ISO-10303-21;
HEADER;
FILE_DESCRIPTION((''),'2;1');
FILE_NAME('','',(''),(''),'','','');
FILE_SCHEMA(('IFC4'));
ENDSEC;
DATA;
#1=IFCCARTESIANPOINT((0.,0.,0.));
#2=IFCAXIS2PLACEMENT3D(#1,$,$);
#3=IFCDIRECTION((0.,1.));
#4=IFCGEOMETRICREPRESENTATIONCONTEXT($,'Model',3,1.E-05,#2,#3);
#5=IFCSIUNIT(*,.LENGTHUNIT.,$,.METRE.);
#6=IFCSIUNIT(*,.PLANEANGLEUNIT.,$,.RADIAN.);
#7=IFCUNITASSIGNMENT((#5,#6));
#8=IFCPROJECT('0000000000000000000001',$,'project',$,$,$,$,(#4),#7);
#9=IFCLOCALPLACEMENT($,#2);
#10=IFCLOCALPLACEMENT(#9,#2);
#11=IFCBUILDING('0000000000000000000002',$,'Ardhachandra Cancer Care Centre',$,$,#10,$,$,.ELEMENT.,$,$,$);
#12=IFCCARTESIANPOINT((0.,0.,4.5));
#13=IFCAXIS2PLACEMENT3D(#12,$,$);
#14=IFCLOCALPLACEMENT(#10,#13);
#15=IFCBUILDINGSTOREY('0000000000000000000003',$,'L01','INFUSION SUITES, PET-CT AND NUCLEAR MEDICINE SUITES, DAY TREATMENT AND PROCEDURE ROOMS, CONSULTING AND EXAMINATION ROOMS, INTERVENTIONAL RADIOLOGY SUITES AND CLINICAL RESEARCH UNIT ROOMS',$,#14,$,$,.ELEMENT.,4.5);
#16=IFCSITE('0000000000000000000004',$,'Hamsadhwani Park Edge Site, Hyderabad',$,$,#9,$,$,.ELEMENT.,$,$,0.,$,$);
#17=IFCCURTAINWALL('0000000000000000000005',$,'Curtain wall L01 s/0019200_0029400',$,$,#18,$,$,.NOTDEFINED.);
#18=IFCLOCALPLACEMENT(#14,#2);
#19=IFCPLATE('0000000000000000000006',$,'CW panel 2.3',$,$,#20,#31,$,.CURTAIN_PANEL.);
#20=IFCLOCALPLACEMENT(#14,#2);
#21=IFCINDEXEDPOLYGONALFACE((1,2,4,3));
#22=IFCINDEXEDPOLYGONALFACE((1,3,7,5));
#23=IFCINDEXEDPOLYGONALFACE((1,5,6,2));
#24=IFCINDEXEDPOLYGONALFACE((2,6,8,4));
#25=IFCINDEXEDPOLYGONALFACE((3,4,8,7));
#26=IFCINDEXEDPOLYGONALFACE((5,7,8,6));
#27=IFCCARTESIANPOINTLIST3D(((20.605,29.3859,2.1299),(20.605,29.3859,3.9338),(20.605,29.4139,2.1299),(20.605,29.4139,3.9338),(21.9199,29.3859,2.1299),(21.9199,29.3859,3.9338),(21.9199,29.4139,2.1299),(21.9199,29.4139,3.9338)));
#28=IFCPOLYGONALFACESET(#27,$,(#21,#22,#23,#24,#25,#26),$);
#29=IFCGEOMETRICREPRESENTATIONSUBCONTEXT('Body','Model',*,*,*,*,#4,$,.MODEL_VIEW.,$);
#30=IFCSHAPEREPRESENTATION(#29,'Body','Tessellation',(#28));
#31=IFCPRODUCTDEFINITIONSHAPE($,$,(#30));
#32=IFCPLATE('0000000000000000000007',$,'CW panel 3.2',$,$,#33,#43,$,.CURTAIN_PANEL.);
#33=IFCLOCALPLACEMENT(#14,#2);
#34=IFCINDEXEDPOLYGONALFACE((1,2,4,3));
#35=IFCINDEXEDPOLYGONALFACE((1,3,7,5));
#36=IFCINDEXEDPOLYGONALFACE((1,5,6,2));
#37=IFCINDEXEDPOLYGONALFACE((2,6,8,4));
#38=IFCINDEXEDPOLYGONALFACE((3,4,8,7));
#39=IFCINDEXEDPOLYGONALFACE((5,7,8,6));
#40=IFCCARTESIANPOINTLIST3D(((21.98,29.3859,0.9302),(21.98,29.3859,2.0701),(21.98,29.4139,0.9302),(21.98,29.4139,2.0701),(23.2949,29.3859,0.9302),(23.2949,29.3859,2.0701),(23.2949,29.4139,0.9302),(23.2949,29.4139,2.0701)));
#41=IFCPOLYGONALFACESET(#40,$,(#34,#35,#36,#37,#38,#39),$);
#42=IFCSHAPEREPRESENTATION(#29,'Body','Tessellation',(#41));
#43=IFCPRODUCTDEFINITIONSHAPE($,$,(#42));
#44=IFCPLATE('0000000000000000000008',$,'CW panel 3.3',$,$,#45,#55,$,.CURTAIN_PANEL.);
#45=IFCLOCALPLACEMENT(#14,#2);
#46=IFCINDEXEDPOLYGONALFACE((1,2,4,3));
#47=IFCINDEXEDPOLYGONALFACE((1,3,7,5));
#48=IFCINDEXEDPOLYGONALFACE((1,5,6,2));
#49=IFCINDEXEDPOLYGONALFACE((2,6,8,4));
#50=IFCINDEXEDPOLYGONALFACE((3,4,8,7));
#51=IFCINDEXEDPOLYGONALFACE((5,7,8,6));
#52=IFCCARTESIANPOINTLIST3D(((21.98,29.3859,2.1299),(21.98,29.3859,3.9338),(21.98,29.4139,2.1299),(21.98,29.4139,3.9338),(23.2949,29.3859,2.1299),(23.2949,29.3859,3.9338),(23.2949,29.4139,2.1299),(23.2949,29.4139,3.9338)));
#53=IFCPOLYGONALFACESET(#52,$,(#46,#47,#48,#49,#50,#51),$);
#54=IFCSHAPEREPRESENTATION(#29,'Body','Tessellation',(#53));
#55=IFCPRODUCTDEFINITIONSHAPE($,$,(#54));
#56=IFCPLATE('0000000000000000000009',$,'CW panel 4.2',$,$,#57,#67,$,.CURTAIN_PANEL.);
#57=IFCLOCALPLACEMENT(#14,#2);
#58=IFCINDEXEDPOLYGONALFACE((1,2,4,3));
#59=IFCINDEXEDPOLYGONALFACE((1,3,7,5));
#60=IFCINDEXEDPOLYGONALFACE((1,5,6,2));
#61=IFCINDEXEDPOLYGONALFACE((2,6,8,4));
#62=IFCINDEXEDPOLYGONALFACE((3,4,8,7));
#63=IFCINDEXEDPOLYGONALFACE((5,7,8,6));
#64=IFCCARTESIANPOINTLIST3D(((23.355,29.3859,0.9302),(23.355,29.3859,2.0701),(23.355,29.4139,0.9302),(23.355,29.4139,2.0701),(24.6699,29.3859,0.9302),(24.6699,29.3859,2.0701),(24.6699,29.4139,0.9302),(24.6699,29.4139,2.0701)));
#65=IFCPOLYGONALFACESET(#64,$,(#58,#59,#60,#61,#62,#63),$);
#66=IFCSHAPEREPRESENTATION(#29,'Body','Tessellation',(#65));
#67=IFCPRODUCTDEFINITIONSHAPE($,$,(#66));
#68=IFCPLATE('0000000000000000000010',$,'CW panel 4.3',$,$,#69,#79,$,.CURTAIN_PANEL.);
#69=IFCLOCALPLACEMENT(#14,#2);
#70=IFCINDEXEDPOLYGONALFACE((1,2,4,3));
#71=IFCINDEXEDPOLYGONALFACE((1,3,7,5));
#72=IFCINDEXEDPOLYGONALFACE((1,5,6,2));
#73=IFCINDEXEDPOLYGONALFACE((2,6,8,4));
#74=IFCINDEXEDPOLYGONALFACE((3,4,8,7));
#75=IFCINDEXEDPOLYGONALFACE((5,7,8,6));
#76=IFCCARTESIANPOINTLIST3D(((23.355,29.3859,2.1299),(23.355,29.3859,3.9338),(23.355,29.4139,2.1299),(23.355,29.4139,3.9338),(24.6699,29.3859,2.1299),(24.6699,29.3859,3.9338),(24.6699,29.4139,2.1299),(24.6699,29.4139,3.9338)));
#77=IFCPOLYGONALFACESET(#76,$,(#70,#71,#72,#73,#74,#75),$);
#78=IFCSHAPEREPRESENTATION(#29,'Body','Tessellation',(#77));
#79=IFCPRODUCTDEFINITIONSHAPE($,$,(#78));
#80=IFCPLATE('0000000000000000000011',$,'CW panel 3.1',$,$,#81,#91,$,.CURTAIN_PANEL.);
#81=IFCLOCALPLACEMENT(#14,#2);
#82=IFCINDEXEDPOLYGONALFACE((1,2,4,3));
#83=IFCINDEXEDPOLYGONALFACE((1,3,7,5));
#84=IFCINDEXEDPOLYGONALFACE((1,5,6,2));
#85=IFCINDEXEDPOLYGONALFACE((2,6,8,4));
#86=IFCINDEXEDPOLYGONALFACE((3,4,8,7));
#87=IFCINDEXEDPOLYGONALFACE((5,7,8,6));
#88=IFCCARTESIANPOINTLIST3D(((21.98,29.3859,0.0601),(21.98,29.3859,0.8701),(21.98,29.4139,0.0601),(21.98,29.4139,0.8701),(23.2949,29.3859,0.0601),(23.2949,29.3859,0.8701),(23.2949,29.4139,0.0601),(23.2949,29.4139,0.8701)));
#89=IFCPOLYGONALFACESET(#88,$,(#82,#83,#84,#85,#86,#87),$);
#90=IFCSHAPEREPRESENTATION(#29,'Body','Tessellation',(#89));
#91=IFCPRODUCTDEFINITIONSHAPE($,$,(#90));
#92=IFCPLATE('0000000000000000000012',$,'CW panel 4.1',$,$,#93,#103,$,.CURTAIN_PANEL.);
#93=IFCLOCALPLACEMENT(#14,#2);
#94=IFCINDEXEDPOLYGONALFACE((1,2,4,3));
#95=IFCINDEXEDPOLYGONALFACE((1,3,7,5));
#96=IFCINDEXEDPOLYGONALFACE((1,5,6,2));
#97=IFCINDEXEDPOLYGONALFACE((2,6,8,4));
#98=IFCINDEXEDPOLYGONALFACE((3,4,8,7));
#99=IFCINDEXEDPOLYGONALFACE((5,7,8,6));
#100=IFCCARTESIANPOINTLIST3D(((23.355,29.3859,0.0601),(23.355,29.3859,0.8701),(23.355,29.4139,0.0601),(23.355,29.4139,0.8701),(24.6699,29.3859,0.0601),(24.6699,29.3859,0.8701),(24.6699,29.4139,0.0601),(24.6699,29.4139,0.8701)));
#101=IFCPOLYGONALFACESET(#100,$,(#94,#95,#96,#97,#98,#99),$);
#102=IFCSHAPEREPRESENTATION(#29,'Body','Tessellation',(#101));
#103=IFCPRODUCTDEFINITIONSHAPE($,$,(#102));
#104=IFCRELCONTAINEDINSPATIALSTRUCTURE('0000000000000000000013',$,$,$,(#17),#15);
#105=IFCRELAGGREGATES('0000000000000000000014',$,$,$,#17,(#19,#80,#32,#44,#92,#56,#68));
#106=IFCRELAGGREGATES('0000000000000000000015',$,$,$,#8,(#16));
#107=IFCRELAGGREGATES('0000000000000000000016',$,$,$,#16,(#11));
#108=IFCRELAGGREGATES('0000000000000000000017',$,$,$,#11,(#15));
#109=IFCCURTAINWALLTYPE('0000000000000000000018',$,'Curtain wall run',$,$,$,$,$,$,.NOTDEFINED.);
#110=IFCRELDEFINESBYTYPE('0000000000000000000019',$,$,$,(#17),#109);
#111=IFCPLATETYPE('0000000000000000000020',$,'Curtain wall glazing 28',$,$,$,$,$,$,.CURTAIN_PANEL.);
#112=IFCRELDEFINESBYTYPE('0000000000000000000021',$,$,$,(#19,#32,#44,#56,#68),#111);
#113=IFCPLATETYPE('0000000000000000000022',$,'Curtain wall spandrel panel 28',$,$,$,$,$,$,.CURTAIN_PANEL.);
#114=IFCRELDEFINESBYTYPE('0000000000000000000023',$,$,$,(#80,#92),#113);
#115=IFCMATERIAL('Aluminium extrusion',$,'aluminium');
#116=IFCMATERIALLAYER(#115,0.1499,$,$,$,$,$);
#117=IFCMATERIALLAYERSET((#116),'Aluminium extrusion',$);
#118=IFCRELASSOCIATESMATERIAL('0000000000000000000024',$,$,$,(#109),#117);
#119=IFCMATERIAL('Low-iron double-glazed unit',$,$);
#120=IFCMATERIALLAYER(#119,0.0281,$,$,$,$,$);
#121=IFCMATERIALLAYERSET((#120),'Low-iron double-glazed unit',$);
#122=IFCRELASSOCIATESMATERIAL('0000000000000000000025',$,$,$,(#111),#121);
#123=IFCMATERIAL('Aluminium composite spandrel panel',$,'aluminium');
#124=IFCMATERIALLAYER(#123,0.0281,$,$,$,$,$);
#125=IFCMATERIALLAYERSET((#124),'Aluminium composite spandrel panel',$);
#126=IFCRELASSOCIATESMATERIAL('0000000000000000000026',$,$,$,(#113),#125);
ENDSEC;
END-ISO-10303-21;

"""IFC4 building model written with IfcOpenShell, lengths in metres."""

from ifc_helpers import new_model, si_unit, direction, frame, origin, origin_2d, place, context, subcontext, project, spatial, rectangle, extrude, material, layer, layer_set, type_object, element, aggregate, save


model = new_model("IFC4")

# Units and contexts
model_context = context("Model", 3, precision=1e-05, world=origin(), true_north=direction((0.0, 1.0)))
body_context = subcontext(model_context, "Body", "Model", "MODEL_VIEW")
ifc_project = project(units=[si_unit("LENGTHUNIT", "METRE"), si_unit("PLANEANGLEUNIT", "RADIAN")], contexts=[model_context])

# Site, building, storey
site_placement = place(None, origin())
site = spatial("IfcSite", under=ifc_project, at=site_placement, Name="Hamsadhwani Park Edge Site, Hyderabad", CompositionType="ELEMENT", RefElevation=0.0)
building_placement = place(site_placement, origin())
building = spatial("IfcBuilding", under=site, at=building_placement, Name="Ardhachandra Cancer Care Centre", CompositionType="ELEMENT")
storey_placement = place(building_placement, frame((0.0, 0.0, 4.5)))
storey = spatial("IfcBuildingStorey", under=building, at=storey_placement, Name="L01", Description="INFUSION SUITES, PET-CT AND NUCLEAR MEDICINE SUITES, DAY TREATMENT AND PROCEDURE ROOMS, CONSULTING AND EXAMINATION ROOMS, INTERVENTIONAL RADIOLOGY SUITES AND CLINICAL RESEARCH UNIT ROOMS", CompositionType="ELEMENT", Elevation=4.5)

# Curtain wall, plates
ifc_material_1 = material(Name="Aluminium extrusion", Category="aluminium")
ifc_layer_1 = layer(ifc_material_1, 0.1499)
ifc_layer_set_1 = layer_set([ifc_layer_1], Name="Aluminium extrusion")
curtain_wall_type = type_object("IfcCurtainWallType", Name="Curtain wall run", PredefinedType="NOTDEFINED", material=ifc_layer_set_1)
curtain_wall_placement = place(storey_placement, origin())
curtain_wall = element("IfcCurtainWall", 1, at=curtain_wall_placement, inside=storey, type_object=curtain_wall_type, Name="Curtain wall L01 s/0019200_0029400", PredefinedType="NOTDEFINED")
ifc_material_2 = material(Name="Low-iron double-glazed unit")
ifc_layer_2 = layer(ifc_material_2, 0.0281)
ifc_layer_set_2 = layer_set([ifc_layer_2], Name="Low-iron double-glazed unit")
plate_type_1 = type_object("IfcPlateType", Name="Curtain wall glazing 28", PredefinedType="CURTAIN_PANEL", material=ifc_layer_set_2)
plate_1_placement = place(storey_placement, frame((21.2625, 29.3999, 2.1299), z_axis=(0.0, 0.0, 1.0), x_axis=(1.0, 0.0, 0.0)))
plate_1 = element("IfcPlate", 2, at=plate_1_placement, type_object=plate_type_1, Name="CW panel 2.3", PredefinedType="CURTAIN_PANEL", context=body_context, shape_type="SweptSolid", body=[
    extrude(rectangle(XDim=1.3149, YDim=0.0281, at=origin_2d()), origin(), (0.0, 0.0, 1.0), 1.804),
])
plate_2_placement = place(storey_placement, frame((22.6375, 29.3999, 0.9302), z_axis=(0.0, 0.0, 1.0), x_axis=(1.0, 0.0, 0.0)))
plate_2 = element("IfcPlate", 3, at=plate_2_placement, type_object=plate_type_1, Name="CW panel 3.2", PredefinedType="CURTAIN_PANEL", context=body_context, shape_type="SweptSolid", body=[
    extrude(rectangle(XDim=1.3149, YDim=0.0281, at=origin_2d()), origin(), (0.0, 0.0, 1.0), 1.1399),
])
plate_3_placement = place(storey_placement, frame((22.6375, 29.3999, 2.1299), z_axis=(0.0, 0.0, 1.0), x_axis=(1.0, 0.0, 0.0)))
plate_3 = element("IfcPlate", 4, at=plate_3_placement, type_object=plate_type_1, Name="CW panel 3.3", PredefinedType="CURTAIN_PANEL", context=body_context, shape_type="SweptSolid", body=[
    extrude(rectangle(XDim=1.3149, YDim=0.0281, at=origin_2d()), origin(), (0.0, 0.0, 1.0), 1.804),
])
plate_4_placement = place(storey_placement, frame((24.0125, 29.3999, 0.9302), z_axis=(0.0, 0.0, 1.0), x_axis=(1.0, 0.0, 0.0)))
plate_4 = element("IfcPlate", 5, at=plate_4_placement, type_object=plate_type_1, Name="CW panel 4.2", PredefinedType="CURTAIN_PANEL", context=body_context, shape_type="SweptSolid", body=[
    extrude(rectangle(XDim=1.3149, YDim=0.0281, at=origin_2d()), origin(), (0.0, 0.0, 1.0), 1.1399),
])
plate_5_placement = place(storey_placement, frame((24.0125, 29.3999, 2.1299), z_axis=(0.0, 0.0, 1.0), x_axis=(1.0, 0.0, 0.0)))
plate_5 = element("IfcPlate", 6, at=plate_5_placement, type_object=plate_type_1, Name="CW panel 4.3", PredefinedType="CURTAIN_PANEL", context=body_context, shape_type="SweptSolid", body=[
    extrude(rectangle(XDim=1.3149, YDim=0.0281, at=origin_2d()), origin(), (0.0, 0.0, 1.0), 1.804),
])
ifc_material_3 = material(Name="Aluminium composite spandrel panel", Category="aluminium")
ifc_layer_3 = layer(ifc_material_3, 0.0281)
ifc_layer_set_3 = layer_set([ifc_layer_3], Name="Aluminium composite spandrel panel")
plate_type_2 = type_object("IfcPlateType", Name="Curtain wall spandrel panel 28", PredefinedType="CURTAIN_PANEL", material=ifc_layer_set_3)
plate_6_placement = place(storey_placement, frame((22.6375, 29.3999, 0.0601), z_axis=(0.0, 0.0, 1.0), x_axis=(1.0, 0.0, 0.0)))
plate_6 = element("IfcPlate", 7, at=plate_6_placement, type_object=plate_type_2, Name="CW panel 3.1", PredefinedType="CURTAIN_PANEL", context=body_context, shape_type="SweptSolid", body=[
    extrude(rectangle(XDim=1.3149, YDim=0.0281, at=origin_2d()), origin(), (0.0, 0.0, 1.0), 0.8101),
])
plate_7_placement = place(storey_placement, frame((24.0125, 29.3999, 0.0601), z_axis=(0.0, 0.0, 1.0), x_axis=(1.0, 0.0, 0.0)))
plate_7 = element("IfcPlate", 8, at=plate_7_placement, type_object=plate_type_2, Name="CW panel 4.1", PredefinedType="CURTAIN_PANEL", context=body_context, shape_type="SweptSolid", body=[
    extrude(rectangle(XDim=1.3149, YDim=0.0281, at=origin_2d()), origin(), (0.0, 0.0, 1.0), 0.8101),
])
aggregate(curtain_wall, [plate_1, plate_6, plate_2, plate_3, plate_7, plate_4, plate_5])

save(model, "model.ifc")
